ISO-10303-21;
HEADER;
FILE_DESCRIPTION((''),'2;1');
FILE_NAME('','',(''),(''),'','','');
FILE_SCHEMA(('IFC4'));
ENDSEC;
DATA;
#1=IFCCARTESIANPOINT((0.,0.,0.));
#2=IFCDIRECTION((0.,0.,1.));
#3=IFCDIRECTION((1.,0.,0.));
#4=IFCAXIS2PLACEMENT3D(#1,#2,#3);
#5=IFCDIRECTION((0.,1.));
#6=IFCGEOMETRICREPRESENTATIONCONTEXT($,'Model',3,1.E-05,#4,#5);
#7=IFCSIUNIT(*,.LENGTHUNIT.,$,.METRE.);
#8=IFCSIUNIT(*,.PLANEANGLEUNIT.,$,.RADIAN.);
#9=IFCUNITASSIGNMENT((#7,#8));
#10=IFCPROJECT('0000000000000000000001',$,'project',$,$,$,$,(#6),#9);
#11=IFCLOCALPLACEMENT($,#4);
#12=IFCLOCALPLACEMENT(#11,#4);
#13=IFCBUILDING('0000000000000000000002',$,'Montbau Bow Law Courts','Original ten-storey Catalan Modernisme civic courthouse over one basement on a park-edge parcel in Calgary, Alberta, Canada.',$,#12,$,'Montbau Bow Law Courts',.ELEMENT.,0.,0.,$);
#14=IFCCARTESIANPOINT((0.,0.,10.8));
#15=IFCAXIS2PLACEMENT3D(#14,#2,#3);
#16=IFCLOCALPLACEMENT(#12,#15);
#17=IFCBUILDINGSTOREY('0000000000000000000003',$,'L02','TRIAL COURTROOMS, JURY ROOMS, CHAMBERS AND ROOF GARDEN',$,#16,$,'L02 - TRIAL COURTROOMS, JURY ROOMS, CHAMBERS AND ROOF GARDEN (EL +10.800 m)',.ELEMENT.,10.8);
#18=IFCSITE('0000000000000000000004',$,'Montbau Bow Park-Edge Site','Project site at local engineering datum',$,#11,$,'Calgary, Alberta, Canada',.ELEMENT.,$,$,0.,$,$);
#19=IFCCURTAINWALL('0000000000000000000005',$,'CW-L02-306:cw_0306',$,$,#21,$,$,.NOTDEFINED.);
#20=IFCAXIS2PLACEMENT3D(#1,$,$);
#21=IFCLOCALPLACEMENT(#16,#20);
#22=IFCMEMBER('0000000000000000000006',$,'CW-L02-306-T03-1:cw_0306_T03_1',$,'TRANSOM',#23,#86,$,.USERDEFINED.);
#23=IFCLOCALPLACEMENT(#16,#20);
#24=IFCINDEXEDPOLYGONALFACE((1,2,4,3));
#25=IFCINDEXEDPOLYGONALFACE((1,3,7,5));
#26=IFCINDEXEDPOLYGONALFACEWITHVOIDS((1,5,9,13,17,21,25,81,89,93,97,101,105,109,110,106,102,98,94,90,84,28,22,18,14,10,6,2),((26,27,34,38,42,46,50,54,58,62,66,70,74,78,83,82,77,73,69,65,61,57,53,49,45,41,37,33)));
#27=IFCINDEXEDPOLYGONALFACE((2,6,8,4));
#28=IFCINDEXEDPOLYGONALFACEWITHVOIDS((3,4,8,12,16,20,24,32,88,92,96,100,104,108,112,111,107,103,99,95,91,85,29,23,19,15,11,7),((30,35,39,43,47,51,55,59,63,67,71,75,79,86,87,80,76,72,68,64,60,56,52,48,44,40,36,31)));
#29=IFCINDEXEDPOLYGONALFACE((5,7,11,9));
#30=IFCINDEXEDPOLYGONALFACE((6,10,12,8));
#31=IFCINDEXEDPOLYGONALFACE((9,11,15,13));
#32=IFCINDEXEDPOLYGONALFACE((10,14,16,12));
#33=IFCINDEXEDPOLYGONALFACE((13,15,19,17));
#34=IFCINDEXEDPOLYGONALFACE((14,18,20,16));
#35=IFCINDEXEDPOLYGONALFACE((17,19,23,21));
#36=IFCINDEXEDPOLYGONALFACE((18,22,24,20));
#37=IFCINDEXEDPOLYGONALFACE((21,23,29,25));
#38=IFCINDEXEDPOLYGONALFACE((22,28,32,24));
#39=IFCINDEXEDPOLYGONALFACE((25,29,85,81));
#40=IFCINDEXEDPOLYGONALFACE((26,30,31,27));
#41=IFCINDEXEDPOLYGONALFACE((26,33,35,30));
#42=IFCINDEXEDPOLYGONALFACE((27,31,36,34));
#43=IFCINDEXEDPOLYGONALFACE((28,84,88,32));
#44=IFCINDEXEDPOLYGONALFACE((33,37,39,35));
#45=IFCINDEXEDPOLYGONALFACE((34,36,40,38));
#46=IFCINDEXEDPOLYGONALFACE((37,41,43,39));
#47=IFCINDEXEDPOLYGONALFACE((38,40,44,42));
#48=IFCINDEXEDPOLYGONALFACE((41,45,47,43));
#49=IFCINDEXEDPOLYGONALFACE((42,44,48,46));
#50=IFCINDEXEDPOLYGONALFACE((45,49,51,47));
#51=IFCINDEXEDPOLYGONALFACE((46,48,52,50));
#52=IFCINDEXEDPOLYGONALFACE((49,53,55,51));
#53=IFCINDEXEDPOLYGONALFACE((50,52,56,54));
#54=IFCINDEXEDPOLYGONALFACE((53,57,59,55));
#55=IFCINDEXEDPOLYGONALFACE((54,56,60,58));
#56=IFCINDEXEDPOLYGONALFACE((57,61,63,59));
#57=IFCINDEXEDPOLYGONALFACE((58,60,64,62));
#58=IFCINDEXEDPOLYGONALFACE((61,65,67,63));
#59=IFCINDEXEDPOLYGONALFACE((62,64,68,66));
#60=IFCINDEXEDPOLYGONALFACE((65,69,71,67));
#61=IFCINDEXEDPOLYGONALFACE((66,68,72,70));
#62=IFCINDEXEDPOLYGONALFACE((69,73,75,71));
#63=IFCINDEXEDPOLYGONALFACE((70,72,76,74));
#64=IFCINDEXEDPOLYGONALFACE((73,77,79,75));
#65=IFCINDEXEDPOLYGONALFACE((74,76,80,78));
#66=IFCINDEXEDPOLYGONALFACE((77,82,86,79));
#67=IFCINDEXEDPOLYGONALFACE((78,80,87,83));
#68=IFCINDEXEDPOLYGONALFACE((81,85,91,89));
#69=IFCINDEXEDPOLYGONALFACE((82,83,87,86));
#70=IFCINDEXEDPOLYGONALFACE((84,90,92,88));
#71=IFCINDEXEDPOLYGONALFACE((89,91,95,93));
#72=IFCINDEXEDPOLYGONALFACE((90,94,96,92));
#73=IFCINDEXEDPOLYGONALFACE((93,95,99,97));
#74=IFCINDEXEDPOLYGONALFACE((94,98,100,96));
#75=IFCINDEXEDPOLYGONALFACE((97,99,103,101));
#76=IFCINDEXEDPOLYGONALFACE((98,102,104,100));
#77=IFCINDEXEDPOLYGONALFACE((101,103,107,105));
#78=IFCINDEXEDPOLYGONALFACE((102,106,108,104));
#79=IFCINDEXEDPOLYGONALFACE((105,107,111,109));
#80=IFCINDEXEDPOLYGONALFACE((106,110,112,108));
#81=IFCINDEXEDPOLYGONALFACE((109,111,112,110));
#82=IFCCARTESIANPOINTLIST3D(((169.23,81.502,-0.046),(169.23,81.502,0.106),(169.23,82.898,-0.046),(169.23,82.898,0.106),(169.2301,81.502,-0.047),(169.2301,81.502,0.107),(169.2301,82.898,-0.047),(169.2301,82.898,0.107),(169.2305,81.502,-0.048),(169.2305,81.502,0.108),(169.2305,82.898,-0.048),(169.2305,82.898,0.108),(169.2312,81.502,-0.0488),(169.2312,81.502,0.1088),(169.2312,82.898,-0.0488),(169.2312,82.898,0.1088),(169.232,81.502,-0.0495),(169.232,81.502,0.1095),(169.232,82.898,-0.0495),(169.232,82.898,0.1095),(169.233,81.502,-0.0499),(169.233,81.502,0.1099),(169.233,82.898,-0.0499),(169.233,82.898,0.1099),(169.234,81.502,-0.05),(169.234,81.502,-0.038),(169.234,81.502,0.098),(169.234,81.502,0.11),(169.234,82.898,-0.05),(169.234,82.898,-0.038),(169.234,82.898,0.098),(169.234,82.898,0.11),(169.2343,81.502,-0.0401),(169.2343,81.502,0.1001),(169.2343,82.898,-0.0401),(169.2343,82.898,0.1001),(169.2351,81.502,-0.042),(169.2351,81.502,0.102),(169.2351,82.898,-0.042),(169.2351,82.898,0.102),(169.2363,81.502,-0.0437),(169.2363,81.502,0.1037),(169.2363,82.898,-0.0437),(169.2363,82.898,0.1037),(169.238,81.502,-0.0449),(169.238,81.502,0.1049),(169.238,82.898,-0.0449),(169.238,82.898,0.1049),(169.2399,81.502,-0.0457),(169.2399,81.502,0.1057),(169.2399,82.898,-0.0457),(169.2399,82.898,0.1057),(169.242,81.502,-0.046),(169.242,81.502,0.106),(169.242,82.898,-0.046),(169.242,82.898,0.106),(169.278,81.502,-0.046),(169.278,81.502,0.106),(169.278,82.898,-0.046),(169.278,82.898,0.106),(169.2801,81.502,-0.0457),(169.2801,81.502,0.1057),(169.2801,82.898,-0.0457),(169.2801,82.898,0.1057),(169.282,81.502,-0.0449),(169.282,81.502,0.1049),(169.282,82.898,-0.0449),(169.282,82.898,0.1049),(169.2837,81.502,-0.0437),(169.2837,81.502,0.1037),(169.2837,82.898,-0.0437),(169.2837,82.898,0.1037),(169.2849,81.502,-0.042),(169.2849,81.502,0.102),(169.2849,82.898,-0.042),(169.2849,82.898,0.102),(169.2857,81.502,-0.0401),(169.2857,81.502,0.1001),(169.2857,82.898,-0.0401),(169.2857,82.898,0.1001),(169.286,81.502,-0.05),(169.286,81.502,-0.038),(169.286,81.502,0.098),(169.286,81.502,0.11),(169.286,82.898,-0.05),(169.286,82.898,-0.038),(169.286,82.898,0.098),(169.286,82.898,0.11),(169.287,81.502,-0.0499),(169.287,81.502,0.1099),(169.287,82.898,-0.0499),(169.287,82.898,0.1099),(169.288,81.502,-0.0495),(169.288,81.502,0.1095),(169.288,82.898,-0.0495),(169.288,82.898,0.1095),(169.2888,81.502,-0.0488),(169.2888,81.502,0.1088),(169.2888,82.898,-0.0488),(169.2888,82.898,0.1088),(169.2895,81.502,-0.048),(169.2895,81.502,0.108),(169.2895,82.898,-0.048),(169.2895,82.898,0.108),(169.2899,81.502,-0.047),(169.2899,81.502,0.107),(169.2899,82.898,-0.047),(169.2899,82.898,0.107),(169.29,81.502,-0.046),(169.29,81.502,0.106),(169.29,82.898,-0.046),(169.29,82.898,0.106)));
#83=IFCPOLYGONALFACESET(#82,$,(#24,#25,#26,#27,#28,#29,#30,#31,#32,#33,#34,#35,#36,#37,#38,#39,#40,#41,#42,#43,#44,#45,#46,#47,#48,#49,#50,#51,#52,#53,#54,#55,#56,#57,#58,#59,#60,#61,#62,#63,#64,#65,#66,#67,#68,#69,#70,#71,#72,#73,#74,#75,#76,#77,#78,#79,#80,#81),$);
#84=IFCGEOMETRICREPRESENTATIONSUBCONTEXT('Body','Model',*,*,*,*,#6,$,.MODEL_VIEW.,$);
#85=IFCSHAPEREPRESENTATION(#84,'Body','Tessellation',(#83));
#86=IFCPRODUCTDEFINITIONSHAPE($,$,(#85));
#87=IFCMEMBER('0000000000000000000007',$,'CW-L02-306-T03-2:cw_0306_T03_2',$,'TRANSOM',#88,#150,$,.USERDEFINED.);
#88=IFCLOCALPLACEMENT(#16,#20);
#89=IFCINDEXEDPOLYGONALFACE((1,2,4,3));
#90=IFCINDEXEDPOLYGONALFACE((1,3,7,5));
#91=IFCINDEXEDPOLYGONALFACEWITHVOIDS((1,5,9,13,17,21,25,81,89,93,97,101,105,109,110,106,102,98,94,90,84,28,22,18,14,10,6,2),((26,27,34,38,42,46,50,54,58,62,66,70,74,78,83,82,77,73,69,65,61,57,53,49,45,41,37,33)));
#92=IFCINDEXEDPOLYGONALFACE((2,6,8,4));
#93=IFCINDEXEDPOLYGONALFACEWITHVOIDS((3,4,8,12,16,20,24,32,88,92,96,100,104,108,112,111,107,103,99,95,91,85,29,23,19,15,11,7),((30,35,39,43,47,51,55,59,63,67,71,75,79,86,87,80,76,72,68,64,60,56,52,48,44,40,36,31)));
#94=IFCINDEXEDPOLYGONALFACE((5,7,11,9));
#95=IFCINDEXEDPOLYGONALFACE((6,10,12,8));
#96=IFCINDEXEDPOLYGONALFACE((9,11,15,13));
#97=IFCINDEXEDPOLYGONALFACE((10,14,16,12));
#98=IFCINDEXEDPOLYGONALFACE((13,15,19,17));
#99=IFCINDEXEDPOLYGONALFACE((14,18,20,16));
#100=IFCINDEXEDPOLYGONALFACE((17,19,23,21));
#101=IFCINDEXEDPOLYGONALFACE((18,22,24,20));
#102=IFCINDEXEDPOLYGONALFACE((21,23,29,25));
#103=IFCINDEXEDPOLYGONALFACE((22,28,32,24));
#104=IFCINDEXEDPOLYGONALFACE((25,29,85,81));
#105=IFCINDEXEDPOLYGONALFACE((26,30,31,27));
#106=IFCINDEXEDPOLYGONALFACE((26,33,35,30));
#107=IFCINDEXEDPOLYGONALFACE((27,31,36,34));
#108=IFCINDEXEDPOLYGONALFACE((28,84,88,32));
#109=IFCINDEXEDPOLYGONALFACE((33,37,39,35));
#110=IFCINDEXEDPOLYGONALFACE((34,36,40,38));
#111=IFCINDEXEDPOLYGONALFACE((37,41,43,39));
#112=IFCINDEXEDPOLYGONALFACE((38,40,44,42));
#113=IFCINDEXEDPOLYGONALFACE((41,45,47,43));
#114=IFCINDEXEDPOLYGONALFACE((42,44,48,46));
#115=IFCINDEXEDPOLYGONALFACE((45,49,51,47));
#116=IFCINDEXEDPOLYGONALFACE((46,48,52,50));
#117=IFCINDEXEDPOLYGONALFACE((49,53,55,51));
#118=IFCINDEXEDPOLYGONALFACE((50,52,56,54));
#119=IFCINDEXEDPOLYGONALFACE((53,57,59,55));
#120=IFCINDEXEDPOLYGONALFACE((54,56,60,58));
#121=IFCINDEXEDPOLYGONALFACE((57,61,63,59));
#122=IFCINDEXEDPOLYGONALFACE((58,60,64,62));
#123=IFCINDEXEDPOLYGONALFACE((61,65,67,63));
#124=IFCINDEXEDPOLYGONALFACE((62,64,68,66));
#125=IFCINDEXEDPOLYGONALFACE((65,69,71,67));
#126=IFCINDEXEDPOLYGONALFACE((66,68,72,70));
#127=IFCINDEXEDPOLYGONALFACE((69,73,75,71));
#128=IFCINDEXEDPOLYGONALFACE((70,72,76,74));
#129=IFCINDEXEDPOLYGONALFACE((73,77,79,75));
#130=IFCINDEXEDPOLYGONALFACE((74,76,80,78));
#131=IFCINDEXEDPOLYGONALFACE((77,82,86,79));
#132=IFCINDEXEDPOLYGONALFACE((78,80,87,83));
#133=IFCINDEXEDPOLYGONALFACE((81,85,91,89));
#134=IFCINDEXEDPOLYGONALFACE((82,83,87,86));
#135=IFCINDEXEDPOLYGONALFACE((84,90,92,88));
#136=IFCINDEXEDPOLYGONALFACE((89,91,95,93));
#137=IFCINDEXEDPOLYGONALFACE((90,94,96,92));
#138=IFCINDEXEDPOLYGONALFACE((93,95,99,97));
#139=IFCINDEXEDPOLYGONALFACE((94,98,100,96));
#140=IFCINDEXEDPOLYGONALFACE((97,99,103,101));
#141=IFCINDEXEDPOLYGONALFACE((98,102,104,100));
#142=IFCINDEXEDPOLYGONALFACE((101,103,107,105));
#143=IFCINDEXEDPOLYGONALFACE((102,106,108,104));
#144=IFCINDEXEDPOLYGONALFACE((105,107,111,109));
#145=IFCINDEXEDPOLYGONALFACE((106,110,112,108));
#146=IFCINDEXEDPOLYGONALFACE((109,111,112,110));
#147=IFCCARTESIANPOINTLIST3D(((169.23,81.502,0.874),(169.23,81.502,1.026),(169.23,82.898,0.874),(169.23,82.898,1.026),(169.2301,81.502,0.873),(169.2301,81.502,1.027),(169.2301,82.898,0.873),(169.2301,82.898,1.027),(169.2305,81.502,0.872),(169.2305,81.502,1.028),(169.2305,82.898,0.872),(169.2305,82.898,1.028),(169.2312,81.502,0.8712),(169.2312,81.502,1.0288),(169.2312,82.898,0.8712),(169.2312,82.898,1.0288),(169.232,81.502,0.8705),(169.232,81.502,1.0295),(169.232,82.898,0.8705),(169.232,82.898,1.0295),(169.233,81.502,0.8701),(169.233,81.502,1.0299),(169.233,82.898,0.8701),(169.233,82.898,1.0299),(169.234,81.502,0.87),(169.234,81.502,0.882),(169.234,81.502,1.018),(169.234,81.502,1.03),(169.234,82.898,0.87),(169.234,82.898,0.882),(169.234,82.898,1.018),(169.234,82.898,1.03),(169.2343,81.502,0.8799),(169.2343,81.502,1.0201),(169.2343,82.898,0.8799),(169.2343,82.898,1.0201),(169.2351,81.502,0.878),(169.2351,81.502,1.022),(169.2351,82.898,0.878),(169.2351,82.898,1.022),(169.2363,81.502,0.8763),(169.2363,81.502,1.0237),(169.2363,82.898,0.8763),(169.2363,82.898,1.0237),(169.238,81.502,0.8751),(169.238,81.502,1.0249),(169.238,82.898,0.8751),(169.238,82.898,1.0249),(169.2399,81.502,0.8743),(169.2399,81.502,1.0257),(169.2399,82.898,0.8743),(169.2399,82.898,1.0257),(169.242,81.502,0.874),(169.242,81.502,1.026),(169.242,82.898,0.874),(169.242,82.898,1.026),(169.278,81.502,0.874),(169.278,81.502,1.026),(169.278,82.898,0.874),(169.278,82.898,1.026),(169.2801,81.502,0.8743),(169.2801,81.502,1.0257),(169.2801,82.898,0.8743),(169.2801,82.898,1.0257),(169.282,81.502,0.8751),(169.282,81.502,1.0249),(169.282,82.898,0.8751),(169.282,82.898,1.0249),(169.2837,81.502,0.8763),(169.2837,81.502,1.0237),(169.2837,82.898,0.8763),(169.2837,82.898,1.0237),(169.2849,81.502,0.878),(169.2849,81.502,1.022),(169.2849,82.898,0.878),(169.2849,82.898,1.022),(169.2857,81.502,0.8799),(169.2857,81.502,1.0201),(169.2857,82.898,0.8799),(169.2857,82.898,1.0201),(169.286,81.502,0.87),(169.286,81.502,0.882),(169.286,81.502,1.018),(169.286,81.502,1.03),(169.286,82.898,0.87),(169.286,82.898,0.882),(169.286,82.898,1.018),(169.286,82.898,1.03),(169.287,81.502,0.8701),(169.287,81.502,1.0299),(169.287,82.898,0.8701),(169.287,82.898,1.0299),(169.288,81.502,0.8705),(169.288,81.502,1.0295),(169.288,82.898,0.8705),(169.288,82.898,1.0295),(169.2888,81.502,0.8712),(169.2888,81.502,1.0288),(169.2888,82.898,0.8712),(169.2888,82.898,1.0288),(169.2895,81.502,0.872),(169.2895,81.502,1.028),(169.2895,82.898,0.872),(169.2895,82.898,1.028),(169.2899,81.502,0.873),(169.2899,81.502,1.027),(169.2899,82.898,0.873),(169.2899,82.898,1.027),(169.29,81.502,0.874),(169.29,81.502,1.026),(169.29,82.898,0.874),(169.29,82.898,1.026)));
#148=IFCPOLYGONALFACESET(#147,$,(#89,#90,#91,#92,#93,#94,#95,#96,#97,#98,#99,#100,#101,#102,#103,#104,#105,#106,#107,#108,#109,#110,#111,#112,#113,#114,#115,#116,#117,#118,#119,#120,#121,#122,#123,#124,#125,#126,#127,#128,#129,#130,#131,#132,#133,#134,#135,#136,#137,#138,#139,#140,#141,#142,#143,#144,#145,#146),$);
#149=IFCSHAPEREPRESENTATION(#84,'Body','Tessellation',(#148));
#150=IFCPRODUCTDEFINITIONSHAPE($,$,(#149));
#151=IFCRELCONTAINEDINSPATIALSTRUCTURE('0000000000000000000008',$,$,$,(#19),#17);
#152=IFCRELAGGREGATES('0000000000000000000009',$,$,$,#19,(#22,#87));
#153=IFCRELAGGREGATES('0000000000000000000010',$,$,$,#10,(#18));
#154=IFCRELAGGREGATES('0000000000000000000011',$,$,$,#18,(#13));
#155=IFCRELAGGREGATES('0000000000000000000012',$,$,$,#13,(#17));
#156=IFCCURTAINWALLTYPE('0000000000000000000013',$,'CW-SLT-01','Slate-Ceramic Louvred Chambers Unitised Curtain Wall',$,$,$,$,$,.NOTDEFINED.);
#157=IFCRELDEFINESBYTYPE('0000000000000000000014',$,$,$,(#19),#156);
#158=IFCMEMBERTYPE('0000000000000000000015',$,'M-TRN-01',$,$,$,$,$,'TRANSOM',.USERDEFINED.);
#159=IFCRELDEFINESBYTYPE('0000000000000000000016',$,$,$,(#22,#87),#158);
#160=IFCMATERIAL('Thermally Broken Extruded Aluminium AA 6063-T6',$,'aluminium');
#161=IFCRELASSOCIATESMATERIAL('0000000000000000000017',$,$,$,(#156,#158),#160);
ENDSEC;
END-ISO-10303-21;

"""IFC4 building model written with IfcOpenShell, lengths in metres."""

from ifc_helpers import new_model, si_unit, direction, frame, origin_with_axes, origin_2d_with_axis, place, context, subcontext, project, spatial, hollow_rectangle, extrude, material, material_profile, profile_set, type_object, element, aggregate, save


model = new_model("IFC4")

# Units and contexts
model_context = context("Model", 3, precision=1e-05, world=origin_with_axes(), true_north=direction((0.0, 1.0)))
body_context = subcontext(model_context, "Body", "Model", "MODEL_VIEW")
ifc_project = project(units=[si_unit("LENGTHUNIT", "METRE"), si_unit("PLANEANGLEUNIT", "RADIAN")], contexts=[model_context])

# Site, building, storey
site_placement = place(None, origin_with_axes())
site = spatial("IfcSite", under=ifc_project, at=site_placement, Name="Montbau Bow Park-Edge Site", Description="Project site at local engineering datum", LongName="Calgary, Alberta, Canada", CompositionType="ELEMENT", RefElevation=0.0)
building_placement = place(site_placement, origin_with_axes())
building = spatial("IfcBuilding", under=site, at=building_placement, Name="Montbau Bow Law Courts", Description="Original ten-storey Catalan Modernisme civic courthouse over one basement on a park-edge parcel in Calgary, Alberta, Canada.", LongName="Montbau Bow Law Courts", CompositionType="ELEMENT", ElevationOfRefHeight=0.0, ElevationOfTerrain=0.0)
storey_placement = place(building_placement, frame((0.0, 0.0, 10.8), z_axis=(0.0, 0.0, 1.0), x_axis=(1.0, 0.0, 0.0)))
storey = spatial("IfcBuildingStorey", under=building, at=storey_placement, Name="L02", Description="TRIAL COURTROOMS, JURY ROOMS, CHAMBERS AND ROOF GARDEN", LongName="L02 - TRIAL COURTROOMS, JURY ROOMS, CHAMBERS AND ROOF GARDEN (EL +10.800 m)", CompositionType="ELEMENT", Elevation=10.8)

# Curtain wall
ifc_material_1 = material(Name="Thermally Broken Extruded Aluminium AA 6063-T6", Category="aluminium")
curtain_wall_type = type_object("IfcCurtainWallType", Name="CW-SLT-01", Description="Slate-Ceramic Louvred Chambers Unitised Curtain Wall", PredefinedType="NOTDEFINED", material=ifc_material_1)
curtain_wall_1_placement = place(None, frame((169.26, 78.515, 10.8), z_axis=(0.0, 0.0, 1.0), x_axis=(1.0, 0.0, 0.0)))
curtain_wall_1 = element("IfcCurtainWall", 1, at=curtain_wall_1_placement, inside=storey, type_object=curtain_wall_type, Name="CW-L02-306:cw_0306", PredefinedType="NOTDEFINED")

# Members
ifc_material_profile_1 = material_profile(ifc_material_1, hollow_rectangle(XDim=0.06, YDim=0.16, WallThickness=0.004, InnerFilletRadius=0.008, OuterFilletRadius=0.004, at=origin_2d_with_axis()), Name="CWT-160X60", Category="Main", Priority=0)
ifc_profile_set_1 = profile_set([ifc_material_profile_1], Name="Thermally Broken Extruded Aluminium AA 6063-T6")
member_type_1 = type_object("IfcMemberType", Name="M-TRN-01", ElementType="TRANSOM", PredefinedType="USERDEFINED", material=ifc_profile_set_1)
member_1_placement = place(None, frame((169.26, 81.502, 10.83), z_axis=(0.0, 1.0, 0.0), x_axis=(-1.0, 0.0, 0.0)))
member_1 = element("IfcMember", 2, at=member_1_placement, type_object=member_type_1, Name="CW-L02-306-T03-1:cw_0306_T03_1", ObjectType="TRANSOM", PredefinedType="USERDEFINED", context=body_context, shape_type="SweptSolid", body=[
    extrude(hollow_rectangle(XDim=0.06, YDim=0.16, WallThickness=0.004, InnerFilletRadius=0.008, OuterFilletRadius=0.004, at=origin_2d_with_axis()), origin_with_axes(), (0.0, 0.0, 1.0), 1.396),
])
member_2_placement = place(None, frame((169.26, 81.502, 11.75), z_axis=(0.0, 1.0, 0.0), x_axis=(-1.0, 0.0, 0.0)))
member_2 = element("IfcMember", 3, at=member_2_placement, type_object=member_type_1, Name="CW-L02-306-T03-2:cw_0306_T03_2", ObjectType="TRANSOM", PredefinedType="USERDEFINED", context=body_context, shape_type="SweptSolid", body=[
    extrude(hollow_rectangle(XDim=0.06, YDim=0.16, WallThickness=0.004, InnerFilletRadius=0.008, OuterFilletRadius=0.004, at=origin_2d_with_axis()), origin_with_axes(), (0.0, 0.0, 1.0), 1.396),
])

aggregate(curtain_wall_1, [member_1, member_2])

save(model, "model.ifc")
